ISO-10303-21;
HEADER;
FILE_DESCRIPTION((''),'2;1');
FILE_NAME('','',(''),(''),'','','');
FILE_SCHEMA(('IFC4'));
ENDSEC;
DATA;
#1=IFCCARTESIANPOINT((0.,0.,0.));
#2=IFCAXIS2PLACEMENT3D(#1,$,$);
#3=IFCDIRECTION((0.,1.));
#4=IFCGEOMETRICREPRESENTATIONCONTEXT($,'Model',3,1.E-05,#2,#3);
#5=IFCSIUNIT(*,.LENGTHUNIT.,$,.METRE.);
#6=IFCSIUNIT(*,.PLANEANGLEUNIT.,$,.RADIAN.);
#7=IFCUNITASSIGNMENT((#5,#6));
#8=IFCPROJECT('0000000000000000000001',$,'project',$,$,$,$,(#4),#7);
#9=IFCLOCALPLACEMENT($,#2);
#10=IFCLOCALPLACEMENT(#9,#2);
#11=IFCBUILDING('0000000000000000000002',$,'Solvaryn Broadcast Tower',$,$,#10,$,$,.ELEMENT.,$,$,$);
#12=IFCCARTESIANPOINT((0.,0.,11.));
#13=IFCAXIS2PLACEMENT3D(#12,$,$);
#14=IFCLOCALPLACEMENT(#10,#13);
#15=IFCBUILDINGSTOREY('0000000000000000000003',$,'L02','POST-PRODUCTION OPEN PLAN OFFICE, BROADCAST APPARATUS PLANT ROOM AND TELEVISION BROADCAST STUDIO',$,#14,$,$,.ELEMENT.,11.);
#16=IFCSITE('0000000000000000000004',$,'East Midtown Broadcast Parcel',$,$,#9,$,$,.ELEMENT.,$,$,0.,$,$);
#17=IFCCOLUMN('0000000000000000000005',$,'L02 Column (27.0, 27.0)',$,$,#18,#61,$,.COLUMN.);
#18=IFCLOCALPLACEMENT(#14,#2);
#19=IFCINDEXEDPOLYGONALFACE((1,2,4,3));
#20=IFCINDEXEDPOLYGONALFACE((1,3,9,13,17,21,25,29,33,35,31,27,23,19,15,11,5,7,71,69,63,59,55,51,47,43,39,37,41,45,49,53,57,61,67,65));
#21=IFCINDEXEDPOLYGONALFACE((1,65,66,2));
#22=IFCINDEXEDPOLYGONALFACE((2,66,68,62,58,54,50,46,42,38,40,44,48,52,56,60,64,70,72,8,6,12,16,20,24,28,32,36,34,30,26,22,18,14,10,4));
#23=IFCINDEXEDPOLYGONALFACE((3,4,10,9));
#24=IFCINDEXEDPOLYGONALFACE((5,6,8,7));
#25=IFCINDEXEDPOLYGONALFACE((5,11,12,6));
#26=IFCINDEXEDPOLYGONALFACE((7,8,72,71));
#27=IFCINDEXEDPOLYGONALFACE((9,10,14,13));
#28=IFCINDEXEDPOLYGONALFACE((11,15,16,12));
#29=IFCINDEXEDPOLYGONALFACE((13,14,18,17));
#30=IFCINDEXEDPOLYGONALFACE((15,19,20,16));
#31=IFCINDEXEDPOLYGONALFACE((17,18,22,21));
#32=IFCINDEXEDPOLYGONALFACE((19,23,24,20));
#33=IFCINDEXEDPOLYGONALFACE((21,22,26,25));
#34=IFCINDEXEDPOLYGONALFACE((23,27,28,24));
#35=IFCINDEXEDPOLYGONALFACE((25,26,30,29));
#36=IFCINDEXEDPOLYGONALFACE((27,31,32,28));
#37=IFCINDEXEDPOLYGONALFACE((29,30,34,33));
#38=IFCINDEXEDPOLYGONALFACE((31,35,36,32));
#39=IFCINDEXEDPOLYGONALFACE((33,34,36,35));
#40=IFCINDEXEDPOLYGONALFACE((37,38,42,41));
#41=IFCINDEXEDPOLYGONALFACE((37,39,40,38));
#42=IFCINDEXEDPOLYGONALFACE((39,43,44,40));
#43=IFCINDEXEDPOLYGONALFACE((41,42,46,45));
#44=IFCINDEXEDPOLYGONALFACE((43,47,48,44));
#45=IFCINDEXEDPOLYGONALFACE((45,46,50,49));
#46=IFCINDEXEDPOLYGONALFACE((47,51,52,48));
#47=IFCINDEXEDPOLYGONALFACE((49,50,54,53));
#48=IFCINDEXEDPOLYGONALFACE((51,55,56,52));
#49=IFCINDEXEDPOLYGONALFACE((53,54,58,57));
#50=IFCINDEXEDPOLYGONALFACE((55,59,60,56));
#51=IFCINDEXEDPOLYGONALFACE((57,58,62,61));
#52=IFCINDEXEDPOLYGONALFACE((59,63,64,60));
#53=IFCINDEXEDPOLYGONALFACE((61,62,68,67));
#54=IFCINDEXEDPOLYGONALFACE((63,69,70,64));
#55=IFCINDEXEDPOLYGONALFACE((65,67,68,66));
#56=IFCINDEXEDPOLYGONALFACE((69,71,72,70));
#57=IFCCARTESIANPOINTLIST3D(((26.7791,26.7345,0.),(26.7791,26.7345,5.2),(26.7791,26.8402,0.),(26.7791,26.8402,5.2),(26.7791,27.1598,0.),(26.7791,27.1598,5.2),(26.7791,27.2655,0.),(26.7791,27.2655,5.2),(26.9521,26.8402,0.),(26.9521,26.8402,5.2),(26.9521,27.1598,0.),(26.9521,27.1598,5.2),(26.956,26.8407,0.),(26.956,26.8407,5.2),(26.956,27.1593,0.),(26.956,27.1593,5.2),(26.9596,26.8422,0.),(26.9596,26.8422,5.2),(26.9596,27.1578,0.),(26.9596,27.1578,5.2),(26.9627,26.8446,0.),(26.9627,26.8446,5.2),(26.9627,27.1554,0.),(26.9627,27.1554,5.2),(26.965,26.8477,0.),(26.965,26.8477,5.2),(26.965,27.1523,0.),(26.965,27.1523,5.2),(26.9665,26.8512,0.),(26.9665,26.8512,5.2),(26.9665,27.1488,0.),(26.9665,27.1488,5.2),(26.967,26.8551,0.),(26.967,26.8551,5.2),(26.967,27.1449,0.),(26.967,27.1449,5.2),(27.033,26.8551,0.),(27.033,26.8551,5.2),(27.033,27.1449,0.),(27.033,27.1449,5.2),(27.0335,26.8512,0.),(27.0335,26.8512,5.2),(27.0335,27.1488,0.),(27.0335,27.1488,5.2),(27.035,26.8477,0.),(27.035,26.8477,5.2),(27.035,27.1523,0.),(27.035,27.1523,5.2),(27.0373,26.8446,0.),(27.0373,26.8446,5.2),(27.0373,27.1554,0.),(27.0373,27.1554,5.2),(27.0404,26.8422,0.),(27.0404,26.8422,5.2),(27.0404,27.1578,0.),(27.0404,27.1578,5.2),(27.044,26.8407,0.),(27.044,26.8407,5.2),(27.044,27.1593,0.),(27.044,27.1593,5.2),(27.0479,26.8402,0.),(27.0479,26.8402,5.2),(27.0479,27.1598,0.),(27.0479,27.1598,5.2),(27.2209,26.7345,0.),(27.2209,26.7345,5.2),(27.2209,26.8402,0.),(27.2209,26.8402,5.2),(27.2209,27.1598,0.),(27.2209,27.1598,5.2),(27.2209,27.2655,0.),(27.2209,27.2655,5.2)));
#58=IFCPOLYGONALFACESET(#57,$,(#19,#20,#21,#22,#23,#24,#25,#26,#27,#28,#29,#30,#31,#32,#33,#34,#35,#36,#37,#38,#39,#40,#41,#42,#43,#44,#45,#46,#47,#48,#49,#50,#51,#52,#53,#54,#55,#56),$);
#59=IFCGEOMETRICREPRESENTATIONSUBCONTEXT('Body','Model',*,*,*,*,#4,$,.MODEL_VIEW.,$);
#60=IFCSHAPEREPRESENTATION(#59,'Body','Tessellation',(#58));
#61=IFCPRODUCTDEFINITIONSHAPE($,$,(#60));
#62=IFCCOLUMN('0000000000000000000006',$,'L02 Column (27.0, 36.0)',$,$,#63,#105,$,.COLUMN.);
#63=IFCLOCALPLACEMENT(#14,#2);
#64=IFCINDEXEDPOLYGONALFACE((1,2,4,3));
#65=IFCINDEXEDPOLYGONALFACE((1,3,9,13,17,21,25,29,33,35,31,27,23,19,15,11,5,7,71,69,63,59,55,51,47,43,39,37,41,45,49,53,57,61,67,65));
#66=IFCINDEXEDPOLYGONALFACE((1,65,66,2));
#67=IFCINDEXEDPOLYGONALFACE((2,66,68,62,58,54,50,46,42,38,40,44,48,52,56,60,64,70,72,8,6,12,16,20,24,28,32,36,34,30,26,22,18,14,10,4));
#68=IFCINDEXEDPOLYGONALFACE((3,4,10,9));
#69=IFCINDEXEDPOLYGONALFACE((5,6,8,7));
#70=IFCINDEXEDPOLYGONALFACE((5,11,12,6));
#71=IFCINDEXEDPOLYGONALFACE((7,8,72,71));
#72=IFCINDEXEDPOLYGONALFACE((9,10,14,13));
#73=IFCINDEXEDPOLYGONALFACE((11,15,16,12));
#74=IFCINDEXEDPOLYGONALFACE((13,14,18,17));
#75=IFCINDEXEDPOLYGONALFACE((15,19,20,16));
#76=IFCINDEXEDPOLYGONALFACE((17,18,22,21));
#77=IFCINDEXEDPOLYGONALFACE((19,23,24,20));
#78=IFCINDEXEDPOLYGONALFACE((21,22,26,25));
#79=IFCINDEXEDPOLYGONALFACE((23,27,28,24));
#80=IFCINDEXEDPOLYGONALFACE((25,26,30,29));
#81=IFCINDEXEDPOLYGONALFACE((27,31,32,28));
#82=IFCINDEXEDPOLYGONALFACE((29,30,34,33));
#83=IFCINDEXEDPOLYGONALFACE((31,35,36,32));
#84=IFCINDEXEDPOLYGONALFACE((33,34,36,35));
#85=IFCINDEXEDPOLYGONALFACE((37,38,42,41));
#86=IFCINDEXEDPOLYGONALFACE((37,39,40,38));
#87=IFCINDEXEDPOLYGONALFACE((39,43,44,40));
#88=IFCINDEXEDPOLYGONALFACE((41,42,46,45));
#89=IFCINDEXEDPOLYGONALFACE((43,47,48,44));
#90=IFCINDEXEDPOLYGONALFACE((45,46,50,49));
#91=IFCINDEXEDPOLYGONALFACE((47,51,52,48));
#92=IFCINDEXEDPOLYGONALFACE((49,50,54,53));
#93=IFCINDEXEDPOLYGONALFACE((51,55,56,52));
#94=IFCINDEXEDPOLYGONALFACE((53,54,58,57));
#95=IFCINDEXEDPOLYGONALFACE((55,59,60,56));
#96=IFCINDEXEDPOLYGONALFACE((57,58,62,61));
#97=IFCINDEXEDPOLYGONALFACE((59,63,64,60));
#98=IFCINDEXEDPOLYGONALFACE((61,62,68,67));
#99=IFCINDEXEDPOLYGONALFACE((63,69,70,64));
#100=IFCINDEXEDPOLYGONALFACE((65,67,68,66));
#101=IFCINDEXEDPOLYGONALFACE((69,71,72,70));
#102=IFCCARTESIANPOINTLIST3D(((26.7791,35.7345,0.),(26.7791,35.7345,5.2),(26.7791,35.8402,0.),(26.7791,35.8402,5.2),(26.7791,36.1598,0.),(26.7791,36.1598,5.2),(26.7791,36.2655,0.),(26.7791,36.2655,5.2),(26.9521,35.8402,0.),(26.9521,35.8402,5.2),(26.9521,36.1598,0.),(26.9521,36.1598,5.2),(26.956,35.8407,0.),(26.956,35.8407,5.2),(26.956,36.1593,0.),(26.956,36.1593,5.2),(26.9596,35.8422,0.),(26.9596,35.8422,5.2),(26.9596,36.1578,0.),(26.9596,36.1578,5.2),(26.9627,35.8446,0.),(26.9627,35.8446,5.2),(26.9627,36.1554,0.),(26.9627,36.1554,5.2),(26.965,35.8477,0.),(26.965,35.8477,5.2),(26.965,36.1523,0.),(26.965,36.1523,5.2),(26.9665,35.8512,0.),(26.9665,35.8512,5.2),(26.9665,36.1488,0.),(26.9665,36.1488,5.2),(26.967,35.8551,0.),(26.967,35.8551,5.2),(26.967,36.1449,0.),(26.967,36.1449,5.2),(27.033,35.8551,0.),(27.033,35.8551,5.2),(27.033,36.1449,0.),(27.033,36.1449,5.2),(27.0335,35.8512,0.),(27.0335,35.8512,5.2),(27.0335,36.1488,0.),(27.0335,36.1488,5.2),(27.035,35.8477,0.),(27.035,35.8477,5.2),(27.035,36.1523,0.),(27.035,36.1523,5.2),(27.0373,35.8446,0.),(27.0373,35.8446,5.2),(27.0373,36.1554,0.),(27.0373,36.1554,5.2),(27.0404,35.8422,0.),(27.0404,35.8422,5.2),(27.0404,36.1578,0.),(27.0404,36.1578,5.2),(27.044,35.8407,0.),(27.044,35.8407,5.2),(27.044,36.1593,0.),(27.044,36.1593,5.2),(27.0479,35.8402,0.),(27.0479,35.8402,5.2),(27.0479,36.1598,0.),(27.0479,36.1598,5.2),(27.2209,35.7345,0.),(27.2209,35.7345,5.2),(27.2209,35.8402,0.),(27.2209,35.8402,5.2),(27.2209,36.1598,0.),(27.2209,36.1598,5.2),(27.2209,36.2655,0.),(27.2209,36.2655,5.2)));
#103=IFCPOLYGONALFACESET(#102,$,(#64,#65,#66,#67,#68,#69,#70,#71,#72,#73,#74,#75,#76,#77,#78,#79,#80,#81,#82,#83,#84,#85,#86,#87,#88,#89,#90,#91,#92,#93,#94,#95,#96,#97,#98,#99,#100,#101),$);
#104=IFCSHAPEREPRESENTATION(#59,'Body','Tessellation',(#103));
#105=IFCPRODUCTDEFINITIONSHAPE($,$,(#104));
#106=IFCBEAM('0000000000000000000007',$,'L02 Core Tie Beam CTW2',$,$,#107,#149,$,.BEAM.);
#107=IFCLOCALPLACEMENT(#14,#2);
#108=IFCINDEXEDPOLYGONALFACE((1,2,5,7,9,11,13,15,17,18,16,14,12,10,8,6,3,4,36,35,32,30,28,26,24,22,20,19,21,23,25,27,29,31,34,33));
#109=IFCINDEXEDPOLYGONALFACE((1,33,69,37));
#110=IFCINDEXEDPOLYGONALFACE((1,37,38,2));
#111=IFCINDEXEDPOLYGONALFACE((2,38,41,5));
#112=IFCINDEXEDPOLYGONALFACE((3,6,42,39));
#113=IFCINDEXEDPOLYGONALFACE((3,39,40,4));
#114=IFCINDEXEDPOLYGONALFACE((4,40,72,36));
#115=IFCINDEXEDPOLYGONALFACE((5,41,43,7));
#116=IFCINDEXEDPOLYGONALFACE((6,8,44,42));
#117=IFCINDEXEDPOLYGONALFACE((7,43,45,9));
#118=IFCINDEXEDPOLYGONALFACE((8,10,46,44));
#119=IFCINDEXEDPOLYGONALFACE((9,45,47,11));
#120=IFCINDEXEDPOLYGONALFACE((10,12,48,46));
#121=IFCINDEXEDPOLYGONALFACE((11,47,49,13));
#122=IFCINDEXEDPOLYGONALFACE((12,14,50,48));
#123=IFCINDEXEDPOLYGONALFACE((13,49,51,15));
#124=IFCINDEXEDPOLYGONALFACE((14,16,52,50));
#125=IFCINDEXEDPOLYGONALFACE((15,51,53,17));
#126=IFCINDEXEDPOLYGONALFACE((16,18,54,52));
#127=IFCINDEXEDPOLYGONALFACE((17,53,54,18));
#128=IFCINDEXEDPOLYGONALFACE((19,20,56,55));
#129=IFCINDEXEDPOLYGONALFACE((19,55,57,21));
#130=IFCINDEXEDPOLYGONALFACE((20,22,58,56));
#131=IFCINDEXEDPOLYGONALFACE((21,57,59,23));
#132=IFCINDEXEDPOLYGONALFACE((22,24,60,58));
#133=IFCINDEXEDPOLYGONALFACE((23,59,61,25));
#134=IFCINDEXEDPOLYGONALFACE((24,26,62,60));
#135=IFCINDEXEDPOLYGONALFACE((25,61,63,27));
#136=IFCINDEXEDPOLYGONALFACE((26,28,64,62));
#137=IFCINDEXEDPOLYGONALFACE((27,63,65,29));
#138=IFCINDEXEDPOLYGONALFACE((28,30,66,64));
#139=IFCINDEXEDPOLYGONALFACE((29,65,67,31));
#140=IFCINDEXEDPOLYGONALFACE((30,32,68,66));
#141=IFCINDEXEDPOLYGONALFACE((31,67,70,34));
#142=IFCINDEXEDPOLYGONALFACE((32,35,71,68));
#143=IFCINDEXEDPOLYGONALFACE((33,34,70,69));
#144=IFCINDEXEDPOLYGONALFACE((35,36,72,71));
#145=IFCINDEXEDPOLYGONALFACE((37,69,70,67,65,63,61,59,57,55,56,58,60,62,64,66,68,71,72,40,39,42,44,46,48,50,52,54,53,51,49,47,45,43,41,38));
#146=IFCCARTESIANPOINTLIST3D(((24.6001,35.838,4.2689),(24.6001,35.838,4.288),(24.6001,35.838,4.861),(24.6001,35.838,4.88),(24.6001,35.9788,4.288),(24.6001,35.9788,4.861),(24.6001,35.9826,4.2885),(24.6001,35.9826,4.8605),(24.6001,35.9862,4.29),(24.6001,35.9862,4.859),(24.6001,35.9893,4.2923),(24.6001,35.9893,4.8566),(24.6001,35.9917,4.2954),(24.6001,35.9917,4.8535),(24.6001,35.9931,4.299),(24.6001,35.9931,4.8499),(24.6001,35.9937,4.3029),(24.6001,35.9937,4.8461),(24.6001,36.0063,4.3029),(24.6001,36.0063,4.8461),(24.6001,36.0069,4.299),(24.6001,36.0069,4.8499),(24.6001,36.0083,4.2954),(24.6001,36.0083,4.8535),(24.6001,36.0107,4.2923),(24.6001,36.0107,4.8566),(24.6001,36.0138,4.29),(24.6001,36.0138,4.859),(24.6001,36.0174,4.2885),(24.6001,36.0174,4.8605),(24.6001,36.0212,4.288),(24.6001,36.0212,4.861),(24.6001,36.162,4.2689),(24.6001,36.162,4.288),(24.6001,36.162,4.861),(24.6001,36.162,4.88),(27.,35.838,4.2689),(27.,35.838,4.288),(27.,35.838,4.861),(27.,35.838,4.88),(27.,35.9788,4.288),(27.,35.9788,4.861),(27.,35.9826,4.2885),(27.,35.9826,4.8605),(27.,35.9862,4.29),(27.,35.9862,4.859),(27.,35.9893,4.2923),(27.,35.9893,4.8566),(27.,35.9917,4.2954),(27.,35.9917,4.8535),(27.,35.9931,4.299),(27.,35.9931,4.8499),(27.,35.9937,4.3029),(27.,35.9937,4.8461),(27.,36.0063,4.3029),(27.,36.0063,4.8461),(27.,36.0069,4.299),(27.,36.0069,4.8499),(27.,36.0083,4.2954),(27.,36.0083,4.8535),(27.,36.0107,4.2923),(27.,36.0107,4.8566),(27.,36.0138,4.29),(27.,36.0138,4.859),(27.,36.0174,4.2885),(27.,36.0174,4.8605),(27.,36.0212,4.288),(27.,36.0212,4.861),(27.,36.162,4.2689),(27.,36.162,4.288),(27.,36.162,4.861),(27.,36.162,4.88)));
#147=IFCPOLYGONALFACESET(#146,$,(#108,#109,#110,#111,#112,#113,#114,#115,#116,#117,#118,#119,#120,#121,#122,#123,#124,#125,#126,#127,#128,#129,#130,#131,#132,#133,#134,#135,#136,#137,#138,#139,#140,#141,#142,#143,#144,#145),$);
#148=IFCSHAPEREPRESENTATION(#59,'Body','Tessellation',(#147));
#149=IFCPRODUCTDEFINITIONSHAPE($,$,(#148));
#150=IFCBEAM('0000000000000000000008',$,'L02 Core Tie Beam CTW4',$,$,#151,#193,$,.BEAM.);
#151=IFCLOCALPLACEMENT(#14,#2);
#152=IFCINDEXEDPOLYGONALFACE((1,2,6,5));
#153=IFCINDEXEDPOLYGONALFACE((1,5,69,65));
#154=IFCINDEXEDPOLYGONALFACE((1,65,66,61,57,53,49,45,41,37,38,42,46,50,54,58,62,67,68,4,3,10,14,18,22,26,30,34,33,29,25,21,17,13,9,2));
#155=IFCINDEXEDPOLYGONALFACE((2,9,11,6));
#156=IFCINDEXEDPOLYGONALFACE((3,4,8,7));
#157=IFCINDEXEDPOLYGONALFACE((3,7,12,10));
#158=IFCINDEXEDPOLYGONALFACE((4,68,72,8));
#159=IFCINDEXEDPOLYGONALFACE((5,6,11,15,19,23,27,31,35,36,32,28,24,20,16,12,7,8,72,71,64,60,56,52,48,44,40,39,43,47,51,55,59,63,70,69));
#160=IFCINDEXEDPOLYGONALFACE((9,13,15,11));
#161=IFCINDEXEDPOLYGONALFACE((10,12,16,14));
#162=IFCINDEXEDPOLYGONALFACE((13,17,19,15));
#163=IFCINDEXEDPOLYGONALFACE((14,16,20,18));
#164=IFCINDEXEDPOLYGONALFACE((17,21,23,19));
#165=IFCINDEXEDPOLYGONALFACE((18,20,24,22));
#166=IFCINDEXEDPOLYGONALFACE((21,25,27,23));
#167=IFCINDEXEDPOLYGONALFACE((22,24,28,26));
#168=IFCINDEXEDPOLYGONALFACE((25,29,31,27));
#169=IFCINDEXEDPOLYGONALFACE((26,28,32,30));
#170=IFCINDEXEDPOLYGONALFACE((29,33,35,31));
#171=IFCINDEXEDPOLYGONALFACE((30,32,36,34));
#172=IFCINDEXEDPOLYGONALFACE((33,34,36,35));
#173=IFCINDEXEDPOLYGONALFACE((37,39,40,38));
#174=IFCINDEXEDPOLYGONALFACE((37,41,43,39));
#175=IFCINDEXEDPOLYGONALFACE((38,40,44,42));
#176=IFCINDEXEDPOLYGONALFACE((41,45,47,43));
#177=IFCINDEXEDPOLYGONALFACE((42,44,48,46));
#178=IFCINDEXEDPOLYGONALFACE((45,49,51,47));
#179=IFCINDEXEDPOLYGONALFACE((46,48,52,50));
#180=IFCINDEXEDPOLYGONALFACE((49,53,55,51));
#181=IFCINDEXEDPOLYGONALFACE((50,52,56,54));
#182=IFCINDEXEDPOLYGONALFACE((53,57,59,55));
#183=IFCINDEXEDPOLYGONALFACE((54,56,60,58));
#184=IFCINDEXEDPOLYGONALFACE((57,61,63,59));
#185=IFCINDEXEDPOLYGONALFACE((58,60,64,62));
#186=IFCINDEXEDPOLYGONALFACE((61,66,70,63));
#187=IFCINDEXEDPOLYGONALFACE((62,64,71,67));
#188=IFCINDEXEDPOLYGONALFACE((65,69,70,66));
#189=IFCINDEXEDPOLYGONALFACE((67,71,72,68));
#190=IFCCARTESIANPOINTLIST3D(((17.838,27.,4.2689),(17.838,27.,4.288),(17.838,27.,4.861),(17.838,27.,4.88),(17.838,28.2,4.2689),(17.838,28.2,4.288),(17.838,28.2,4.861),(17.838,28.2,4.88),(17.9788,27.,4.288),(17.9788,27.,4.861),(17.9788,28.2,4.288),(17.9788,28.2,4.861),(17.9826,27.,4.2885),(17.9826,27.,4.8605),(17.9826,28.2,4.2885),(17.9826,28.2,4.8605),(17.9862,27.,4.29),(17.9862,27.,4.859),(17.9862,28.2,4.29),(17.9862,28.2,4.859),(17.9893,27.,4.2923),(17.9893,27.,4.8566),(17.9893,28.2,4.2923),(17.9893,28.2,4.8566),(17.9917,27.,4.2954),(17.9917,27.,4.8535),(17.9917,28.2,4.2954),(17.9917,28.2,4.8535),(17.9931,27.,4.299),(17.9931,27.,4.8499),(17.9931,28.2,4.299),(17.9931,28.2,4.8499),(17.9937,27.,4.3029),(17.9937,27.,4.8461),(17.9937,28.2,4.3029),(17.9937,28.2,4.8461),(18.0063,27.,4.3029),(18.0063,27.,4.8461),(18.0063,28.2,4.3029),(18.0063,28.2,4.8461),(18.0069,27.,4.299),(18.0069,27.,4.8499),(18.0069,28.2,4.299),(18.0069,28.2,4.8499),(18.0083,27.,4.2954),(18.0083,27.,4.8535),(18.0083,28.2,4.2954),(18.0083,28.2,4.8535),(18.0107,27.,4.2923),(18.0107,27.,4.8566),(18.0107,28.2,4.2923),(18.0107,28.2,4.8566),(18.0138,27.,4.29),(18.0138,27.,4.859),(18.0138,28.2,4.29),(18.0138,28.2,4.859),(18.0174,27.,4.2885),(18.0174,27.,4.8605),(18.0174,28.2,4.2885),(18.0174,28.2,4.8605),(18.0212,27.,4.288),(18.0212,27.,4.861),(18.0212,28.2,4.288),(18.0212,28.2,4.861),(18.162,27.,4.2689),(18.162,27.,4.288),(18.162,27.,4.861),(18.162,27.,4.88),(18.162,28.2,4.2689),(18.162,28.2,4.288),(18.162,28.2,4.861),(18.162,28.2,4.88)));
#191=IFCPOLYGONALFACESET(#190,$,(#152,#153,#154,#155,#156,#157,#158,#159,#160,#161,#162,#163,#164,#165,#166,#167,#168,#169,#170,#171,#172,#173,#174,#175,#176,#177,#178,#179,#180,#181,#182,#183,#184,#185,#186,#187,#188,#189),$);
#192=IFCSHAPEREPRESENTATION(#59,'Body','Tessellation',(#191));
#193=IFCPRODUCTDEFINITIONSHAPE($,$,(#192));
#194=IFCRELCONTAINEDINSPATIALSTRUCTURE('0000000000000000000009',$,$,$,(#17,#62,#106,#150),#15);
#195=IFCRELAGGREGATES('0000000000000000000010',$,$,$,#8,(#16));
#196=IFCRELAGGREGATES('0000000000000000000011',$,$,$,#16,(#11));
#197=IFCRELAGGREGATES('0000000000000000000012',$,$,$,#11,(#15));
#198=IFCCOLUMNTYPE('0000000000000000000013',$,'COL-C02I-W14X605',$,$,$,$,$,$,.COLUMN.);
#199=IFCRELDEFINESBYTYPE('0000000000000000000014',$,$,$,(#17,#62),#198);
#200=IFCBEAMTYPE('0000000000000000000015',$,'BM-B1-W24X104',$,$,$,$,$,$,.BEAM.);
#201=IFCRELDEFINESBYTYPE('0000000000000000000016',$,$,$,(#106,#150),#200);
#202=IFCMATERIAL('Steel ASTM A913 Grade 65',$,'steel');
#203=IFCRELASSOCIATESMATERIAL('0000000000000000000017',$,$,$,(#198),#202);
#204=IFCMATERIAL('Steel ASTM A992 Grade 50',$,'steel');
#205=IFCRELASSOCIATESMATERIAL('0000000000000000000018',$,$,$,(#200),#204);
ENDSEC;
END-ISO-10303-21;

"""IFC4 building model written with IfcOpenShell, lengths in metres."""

from ifc_helpers import new_model, si_unit, direction, frame, origin, origin_2d, place, context, subcontext, project, spatial, i_section, extrude, material, material_profile, profile_set, type_object, element, save


model = new_model("IFC4")

# Units and contexts
model_context = context("Model", 3, precision=1e-05, world=origin(), true_north=direction((0.0, 1.0)))
body_context = subcontext(model_context, "Body", "Model", "MODEL_VIEW")
ifc_project = project(units=[si_unit("LENGTHUNIT", "METRE"), si_unit("PLANEANGLEUNIT", "RADIAN")], contexts=[model_context])

# Site, building, storey
site_placement = place(None, origin())
site = spatial("IfcSite", under=ifc_project, at=site_placement, Name="East Midtown Broadcast Parcel", CompositionType="ELEMENT", RefElevation=0.0)
building_placement = place(site_placement, origin())
building = spatial("IfcBuilding", under=site, at=building_placement, Name="Solvaryn Broadcast Tower", CompositionType="ELEMENT")
storey_placement = place(building_placement, frame((0.0, 0.0, 11.0)))
storey = spatial("IfcBuildingStorey", under=building, at=storey_placement, Name="L02", Description="POST-PRODUCTION OPEN PLAN OFFICE, BROADCAST APPARATUS PLANT ROOM AND TELEVISION BROADCAST STUDIO", CompositionType="ELEMENT", Elevation=11.0)

# Columns
ifc_material_1 = material(Name="Steel ASTM A913 Grade 65", Category="steel")
ifc_material_profile_1 = material_profile(ifc_material_1, i_section(OverallWidth=0.4419, OverallDepth=0.531, WebThickness=0.0659, FlangeThickness=0.1057, FilletRadius=0.0149, at=origin_2d()))
ifc_profile_set_1 = profile_set([ifc_material_profile_1], Name="Steel ASTM A913 Grade 65")
column_type = type_object("IfcColumnType", Name="COL-C02I-W14X605", PredefinedType="COLUMN", material=ifc_profile_set_1)
for number, where, z_axis, x_axis, name in (
    (1, (27.0, 27.0, 0.0), (0.0, 0.0, 1.0), (1.0, 0.0, 0.0), "L02 Column (27.0, 27.0)"),
    (2, (27.0, 36.0, 0.0), (0.0, 0.0, 1.0), (1.0, 0.0, 0.0), "L02 Column (27.0, 36.0)"),
):
    element("IfcColumn", number, at=place(storey_placement, frame(where, z_axis=z_axis, x_axis=x_axis)), inside=storey, type_object=column_type, Name=name, PredefinedType="COLUMN", context=body_context, shape_type="SweptSolid", body=[
        extrude(i_section(OverallWidth=0.4419, OverallDepth=0.531, WebThickness=0.0659, FlangeThickness=0.1057, FilletRadius=0.0149, at=origin_2d()), origin(), (0.0, 0.0, 1.0), 5.2),
    ])

# Beams
ifc_material_2 = material(Name="Steel ASTM A992 Grade 50", Category="steel")
ifc_material_profile_2 = material_profile(ifc_material_2, i_section(OverallWidth=0.324, OverallDepth=0.6111, WebThickness=0.0127, FlangeThickness=0.019, FilletRadius=0.0149, at=origin_2d()))
ifc_profile_set_2 = profile_set([ifc_material_profile_2], Name="Steel ASTM A992 Grade 50")
beam_type_1 = type_object("IfcBeamType", Name="BM-B1-W24X104", PredefinedType="BEAM", material=ifc_profile_set_2)
beam_1_placement = place(storey_placement, frame((24.6001, 36.0, 4.5745), z_axis=(1.0, 0.0, 0.0), x_axis=(0.0, 1.0, 0.0)))
element("IfcBeam", 3, at=beam_1_placement, inside=storey, type_object=beam_type_1, Name="L02 Core Tie Beam CTW2", PredefinedType="BEAM", context=body_context, shape_type="SweptSolid", body=[
    extrude(i_section(OverallWidth=0.324, OverallDepth=0.6111, WebThickness=0.0127, FlangeThickness=0.019, FilletRadius=0.0149, at=origin_2d()), origin(), (0.0, 0.0, 1.0), 2.3999),
])
beam_2_placement = place(storey_placement, frame((18.0, 27.0, 4.5745), z_axis=(0.0, 1.0, 0.0), x_axis=(-1.0, 0.0, 0.0)))
element("IfcBeam", 4, at=beam_2_placement, inside=storey, type_object=beam_type_1, Name="L02 Core Tie Beam CTW4", PredefinedType="BEAM", context=body_context, shape_type="SweptSolid", body=[
    extrude(i_section(OverallWidth=0.324, OverallDepth=0.6111, WebThickness=0.0127, FlangeThickness=0.019, FilletRadius=0.0149, at=origin_2d()), origin(), (0.0, 0.0, 1.0), 1.2),
])

save(model, "model.ifc")
